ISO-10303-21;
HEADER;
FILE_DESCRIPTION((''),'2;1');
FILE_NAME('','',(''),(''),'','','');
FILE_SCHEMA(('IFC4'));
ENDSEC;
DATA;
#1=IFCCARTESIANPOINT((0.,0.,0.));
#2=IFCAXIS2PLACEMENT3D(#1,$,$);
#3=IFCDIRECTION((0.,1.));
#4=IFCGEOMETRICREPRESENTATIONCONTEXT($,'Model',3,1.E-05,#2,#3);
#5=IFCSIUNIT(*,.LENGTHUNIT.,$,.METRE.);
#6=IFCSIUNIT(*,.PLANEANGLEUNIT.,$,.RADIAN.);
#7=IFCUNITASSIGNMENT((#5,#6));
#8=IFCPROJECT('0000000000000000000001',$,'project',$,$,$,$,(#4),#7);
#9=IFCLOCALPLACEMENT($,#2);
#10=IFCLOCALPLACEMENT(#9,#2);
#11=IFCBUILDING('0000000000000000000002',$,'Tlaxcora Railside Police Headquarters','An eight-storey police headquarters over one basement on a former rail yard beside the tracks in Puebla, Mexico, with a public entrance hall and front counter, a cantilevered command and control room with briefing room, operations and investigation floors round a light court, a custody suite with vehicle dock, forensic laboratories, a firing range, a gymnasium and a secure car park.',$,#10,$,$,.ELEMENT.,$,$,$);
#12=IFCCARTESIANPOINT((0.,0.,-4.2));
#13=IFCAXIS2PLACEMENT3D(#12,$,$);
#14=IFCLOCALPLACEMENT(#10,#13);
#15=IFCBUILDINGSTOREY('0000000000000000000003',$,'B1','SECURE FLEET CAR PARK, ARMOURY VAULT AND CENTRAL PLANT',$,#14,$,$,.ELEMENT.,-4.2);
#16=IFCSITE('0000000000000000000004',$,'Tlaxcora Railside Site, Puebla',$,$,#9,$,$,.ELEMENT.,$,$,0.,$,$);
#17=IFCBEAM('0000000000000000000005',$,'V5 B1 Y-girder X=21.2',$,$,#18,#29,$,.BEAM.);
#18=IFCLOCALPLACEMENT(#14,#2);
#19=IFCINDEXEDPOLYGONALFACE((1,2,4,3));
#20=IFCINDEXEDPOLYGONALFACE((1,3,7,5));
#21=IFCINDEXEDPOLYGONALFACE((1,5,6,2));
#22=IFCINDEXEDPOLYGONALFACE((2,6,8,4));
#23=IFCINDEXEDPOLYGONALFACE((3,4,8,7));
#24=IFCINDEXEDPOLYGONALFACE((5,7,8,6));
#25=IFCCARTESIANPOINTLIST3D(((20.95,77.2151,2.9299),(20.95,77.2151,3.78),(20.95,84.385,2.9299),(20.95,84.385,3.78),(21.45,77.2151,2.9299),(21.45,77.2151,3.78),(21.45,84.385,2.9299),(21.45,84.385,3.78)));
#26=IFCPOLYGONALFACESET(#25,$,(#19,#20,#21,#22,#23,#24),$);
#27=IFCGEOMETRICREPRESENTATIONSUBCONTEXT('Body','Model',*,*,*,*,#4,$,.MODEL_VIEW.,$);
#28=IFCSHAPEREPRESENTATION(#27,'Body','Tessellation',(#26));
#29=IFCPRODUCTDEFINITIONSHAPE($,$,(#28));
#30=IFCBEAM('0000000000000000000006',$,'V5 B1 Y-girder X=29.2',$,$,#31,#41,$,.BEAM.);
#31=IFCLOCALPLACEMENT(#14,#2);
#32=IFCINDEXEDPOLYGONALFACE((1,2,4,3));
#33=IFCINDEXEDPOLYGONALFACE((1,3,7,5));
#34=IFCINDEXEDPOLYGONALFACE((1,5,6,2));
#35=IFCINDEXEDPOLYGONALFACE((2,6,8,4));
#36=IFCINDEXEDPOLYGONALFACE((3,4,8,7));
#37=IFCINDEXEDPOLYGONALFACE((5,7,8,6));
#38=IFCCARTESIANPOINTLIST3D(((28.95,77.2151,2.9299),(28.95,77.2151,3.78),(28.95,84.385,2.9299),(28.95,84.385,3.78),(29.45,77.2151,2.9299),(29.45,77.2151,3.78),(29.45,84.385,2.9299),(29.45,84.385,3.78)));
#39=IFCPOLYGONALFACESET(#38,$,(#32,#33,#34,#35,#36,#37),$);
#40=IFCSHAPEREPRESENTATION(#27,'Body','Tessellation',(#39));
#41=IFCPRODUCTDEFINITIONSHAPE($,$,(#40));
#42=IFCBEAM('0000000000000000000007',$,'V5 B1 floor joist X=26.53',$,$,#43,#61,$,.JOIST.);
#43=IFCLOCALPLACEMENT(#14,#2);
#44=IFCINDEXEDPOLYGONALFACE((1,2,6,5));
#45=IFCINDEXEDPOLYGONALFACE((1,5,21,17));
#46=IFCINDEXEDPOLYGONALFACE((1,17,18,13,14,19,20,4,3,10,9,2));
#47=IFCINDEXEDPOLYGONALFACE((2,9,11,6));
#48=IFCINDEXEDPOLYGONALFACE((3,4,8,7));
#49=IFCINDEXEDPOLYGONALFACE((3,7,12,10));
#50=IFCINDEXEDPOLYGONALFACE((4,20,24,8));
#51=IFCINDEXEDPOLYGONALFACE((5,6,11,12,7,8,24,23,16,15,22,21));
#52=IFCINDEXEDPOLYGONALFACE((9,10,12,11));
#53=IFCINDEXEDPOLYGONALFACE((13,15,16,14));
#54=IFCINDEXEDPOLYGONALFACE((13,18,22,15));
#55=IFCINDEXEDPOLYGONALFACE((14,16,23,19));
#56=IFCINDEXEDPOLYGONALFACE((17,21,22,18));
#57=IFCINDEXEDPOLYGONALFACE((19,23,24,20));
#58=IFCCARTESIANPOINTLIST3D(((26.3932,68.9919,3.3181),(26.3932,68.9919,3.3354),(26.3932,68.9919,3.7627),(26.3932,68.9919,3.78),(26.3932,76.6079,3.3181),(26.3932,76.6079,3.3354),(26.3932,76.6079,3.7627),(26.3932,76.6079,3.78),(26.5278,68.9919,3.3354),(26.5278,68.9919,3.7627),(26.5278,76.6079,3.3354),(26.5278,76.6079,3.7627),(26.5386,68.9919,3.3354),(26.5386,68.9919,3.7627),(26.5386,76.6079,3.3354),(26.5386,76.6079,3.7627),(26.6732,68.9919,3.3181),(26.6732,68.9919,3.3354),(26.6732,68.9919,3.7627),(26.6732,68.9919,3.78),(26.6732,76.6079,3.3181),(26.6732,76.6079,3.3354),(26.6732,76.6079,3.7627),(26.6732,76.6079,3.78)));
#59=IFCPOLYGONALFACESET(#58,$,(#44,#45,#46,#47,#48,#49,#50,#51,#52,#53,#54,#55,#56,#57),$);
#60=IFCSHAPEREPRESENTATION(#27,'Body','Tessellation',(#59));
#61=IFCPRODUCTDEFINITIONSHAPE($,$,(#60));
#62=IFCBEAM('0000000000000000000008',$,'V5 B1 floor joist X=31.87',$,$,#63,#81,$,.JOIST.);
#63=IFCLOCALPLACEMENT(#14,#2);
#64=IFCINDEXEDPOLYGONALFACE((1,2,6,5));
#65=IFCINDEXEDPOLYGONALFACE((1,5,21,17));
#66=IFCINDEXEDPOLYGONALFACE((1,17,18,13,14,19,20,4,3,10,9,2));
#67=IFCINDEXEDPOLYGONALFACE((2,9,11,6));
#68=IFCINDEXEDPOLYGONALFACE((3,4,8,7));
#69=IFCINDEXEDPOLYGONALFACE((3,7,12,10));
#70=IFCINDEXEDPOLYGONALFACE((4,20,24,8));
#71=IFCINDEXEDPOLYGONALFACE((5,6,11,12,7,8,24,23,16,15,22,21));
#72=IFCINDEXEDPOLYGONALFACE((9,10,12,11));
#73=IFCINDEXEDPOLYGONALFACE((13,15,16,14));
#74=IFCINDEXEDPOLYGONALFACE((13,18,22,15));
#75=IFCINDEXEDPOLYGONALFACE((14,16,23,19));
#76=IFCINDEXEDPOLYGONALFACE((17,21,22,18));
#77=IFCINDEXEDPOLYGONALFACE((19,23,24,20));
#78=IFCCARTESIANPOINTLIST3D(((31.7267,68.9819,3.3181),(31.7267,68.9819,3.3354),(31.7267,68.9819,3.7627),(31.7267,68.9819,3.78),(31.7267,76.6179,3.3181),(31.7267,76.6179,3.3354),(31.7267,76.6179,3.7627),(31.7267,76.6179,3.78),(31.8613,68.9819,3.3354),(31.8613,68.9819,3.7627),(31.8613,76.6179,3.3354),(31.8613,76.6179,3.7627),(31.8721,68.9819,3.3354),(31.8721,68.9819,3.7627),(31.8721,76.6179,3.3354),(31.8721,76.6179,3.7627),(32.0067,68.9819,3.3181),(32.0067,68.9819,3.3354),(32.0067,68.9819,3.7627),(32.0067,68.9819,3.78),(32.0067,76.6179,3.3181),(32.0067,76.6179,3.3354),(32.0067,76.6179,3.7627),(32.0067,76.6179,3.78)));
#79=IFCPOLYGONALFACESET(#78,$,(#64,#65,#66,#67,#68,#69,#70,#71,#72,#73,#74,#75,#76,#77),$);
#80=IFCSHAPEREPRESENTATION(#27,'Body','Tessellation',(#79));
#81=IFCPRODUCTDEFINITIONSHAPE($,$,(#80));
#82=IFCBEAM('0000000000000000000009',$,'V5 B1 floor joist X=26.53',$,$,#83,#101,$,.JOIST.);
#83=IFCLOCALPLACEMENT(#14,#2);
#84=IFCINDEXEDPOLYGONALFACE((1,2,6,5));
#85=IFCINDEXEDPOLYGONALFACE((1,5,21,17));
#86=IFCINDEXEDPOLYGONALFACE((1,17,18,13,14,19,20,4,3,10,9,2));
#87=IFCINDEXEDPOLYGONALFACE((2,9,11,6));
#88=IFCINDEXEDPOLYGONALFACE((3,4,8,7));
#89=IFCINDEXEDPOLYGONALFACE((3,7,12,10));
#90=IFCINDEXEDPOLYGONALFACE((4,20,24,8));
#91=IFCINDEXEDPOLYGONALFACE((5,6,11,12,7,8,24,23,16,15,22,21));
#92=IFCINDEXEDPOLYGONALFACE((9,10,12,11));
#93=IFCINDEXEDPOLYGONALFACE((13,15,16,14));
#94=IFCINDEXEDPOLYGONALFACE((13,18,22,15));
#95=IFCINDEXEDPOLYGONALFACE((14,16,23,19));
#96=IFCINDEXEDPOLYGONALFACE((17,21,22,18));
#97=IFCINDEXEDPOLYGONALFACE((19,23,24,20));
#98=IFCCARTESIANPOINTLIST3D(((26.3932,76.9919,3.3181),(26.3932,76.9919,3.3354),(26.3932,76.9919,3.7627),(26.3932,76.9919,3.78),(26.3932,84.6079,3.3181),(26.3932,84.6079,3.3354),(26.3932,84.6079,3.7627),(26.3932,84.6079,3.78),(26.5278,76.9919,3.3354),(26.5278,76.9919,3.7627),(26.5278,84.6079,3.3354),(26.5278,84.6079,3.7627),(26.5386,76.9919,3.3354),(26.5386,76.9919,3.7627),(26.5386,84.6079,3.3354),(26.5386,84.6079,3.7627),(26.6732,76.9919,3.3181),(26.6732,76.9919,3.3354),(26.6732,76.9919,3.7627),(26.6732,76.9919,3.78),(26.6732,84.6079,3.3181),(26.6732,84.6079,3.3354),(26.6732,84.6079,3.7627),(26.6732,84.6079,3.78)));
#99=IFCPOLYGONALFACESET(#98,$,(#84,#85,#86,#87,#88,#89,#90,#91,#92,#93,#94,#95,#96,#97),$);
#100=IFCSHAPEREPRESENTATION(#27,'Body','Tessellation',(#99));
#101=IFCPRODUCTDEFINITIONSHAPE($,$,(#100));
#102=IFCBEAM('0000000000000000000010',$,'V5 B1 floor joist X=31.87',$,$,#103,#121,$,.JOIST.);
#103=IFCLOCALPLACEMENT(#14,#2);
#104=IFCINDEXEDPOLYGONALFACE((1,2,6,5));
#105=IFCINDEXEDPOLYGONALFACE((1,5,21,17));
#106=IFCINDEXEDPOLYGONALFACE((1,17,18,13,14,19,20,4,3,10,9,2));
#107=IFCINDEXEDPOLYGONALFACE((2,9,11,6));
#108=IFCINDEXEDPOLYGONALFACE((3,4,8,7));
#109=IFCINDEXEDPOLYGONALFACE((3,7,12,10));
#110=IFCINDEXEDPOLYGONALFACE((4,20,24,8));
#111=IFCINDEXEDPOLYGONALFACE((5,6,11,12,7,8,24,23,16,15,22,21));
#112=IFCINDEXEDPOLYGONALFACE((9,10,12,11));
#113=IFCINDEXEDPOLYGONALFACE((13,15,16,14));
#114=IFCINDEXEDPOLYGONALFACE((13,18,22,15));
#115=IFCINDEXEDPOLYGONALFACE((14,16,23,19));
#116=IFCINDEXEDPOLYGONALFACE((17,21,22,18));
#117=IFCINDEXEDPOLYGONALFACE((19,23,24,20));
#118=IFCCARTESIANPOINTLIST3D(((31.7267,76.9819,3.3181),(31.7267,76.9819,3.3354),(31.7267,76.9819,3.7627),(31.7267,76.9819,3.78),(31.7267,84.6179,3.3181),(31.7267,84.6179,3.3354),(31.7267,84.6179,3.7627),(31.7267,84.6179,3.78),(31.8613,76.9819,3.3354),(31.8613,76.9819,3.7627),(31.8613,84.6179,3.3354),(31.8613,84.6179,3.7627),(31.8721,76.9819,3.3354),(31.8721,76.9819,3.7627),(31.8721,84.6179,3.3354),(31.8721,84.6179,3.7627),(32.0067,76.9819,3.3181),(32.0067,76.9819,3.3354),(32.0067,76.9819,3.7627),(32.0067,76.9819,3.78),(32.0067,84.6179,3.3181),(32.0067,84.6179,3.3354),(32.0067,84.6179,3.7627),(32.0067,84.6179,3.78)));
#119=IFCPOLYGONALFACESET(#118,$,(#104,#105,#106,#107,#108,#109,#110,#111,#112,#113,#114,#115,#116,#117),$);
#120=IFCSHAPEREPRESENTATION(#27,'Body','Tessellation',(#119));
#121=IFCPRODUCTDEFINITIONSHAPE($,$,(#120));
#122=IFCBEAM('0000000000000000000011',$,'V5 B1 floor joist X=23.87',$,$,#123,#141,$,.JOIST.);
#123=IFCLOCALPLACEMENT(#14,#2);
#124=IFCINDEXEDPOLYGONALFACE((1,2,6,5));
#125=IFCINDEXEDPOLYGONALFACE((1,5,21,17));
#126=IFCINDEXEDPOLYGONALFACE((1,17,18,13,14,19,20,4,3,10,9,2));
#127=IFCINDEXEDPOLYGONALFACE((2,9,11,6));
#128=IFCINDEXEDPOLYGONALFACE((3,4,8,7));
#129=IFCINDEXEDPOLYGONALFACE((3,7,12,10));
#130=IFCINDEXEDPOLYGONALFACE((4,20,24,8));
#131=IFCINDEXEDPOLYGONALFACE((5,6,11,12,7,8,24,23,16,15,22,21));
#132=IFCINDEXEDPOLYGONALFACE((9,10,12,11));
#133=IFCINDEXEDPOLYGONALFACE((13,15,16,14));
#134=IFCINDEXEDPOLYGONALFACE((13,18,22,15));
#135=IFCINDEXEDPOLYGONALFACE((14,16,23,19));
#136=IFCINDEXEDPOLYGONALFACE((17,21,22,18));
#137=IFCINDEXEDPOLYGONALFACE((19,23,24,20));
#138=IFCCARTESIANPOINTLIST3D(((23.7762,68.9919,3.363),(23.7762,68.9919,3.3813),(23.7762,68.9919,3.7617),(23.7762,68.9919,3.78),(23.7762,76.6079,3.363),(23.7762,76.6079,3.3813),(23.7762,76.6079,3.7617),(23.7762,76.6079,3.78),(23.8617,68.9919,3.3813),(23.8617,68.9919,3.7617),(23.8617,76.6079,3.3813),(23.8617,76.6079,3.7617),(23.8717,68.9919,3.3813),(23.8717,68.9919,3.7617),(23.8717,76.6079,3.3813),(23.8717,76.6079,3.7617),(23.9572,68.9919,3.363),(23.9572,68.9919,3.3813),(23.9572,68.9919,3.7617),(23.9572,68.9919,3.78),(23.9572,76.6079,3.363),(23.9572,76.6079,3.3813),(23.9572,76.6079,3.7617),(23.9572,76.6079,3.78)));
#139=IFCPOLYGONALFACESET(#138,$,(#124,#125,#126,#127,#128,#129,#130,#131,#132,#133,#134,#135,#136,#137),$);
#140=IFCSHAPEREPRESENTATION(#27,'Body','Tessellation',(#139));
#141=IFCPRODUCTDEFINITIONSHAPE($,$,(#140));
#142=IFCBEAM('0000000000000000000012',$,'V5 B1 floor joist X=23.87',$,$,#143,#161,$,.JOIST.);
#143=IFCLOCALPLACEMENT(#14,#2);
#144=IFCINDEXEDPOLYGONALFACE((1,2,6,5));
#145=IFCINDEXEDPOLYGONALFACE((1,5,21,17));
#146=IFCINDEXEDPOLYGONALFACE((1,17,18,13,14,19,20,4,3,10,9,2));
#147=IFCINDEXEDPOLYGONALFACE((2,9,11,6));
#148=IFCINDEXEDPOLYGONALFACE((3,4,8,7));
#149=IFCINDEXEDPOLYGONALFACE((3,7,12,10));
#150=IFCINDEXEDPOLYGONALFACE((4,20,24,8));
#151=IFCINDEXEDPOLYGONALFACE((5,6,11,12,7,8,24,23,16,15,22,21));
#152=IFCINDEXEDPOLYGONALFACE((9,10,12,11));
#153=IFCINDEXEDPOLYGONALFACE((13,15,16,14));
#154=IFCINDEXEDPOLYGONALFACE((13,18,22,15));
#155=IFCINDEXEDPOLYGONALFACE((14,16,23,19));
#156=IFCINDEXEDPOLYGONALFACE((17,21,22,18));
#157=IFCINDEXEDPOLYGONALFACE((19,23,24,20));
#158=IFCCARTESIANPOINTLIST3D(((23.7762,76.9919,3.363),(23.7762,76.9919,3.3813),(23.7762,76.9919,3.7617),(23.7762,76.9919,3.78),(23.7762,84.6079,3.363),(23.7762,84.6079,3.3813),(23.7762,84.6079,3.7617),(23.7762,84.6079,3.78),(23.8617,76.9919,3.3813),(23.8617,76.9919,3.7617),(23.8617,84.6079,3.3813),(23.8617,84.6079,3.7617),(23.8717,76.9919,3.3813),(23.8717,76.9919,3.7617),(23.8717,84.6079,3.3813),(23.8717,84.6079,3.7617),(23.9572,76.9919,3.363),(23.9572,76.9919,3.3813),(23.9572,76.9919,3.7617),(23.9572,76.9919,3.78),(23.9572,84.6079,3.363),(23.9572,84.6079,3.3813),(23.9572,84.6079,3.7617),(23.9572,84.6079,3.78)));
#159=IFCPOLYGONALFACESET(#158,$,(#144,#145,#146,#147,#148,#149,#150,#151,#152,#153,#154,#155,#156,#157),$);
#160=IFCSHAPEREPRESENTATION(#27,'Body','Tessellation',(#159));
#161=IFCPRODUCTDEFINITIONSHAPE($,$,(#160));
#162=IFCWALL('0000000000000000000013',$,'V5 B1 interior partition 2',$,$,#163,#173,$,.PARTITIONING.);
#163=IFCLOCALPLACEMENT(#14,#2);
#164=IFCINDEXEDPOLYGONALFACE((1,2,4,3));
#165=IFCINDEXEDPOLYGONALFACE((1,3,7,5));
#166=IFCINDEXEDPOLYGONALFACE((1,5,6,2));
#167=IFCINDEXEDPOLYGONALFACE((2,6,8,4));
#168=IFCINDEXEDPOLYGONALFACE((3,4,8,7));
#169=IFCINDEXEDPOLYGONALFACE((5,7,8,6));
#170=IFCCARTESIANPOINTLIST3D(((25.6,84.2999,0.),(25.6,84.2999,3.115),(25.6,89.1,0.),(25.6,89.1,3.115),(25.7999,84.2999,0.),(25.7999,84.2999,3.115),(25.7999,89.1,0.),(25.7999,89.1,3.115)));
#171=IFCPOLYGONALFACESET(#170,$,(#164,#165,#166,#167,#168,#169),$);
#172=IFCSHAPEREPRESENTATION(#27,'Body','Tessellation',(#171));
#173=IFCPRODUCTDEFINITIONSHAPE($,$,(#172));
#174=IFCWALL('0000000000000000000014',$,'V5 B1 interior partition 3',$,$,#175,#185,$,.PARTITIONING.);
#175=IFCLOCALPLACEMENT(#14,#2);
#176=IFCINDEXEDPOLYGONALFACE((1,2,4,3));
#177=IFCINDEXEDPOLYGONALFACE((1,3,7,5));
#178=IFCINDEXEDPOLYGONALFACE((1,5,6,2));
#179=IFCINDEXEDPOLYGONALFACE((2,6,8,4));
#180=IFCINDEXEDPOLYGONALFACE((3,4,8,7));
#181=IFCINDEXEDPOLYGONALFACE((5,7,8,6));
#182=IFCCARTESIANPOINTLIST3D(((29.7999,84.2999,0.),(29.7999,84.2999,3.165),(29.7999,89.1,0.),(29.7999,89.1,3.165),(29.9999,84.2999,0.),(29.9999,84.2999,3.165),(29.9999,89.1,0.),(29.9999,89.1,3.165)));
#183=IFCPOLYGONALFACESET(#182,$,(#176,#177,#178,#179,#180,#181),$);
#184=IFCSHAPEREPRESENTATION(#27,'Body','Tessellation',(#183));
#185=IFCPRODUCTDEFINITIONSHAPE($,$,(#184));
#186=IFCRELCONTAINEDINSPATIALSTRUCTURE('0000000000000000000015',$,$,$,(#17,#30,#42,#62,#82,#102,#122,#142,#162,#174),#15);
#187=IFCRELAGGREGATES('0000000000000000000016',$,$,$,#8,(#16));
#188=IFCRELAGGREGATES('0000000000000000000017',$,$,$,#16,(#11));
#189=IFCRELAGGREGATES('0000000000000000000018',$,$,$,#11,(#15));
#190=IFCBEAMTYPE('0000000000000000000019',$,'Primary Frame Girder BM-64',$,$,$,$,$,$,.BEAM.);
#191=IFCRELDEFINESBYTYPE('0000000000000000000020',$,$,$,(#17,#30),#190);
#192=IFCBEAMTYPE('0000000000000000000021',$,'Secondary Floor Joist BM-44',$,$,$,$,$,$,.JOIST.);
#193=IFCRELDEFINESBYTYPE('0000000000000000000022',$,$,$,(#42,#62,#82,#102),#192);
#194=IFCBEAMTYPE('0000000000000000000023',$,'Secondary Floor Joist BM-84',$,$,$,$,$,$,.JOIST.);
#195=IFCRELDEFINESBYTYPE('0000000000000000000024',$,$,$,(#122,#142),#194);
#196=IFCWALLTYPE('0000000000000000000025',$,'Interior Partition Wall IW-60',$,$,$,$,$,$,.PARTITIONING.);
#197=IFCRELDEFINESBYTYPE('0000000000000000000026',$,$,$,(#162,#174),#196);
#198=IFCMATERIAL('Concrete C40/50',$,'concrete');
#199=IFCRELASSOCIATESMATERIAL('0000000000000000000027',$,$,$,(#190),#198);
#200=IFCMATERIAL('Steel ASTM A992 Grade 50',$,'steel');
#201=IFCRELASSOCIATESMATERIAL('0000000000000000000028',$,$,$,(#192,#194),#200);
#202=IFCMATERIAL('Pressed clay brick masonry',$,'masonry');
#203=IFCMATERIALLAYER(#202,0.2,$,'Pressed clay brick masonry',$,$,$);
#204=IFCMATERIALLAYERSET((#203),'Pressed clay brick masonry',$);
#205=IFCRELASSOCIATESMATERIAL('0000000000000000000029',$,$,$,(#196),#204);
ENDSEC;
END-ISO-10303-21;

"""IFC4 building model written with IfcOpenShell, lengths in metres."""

from ifc_helpers import new_model, si_unit, direction, frame, frame_2d, origin, origin_2d, place, context, subcontext, project, spatial, rectangle, i_section, extrude, material, layer, layer_set, material_profile, profile_set, type_object, element, save


model = new_model("IFC4")

# Units and contexts
model_context = context("Model", 3, precision=1e-05, world=origin(), true_north=direction((0.0, 1.0)))
body_context = subcontext(model_context, "Body", "Model", "MODEL_VIEW")
ifc_project = project(units=[si_unit("LENGTHUNIT", "METRE"), si_unit("PLANEANGLEUNIT", "RADIAN")], contexts=[model_context])

# Site, building, storey
site_placement = place(None, origin())
site = spatial("IfcSite", under=ifc_project, at=site_placement, Name="Tlaxcora Railside Site, Puebla", CompositionType="ELEMENT", RefElevation=0.0)
building_placement = place(site_placement, origin())
building = spatial("IfcBuilding", under=site, at=building_placement, Name="Tlaxcora Railside Police Headquarters", Description="An eight-storey police headquarters over one basement on a former rail yard beside the tracks in Puebla, Mexico, with a public entrance hall and front counter, a cantilevered command and control room with briefing room, operations and investigation floors round a light court, a custody suite with vehicle dock, forensic laboratories, a firing range, a gymnasium and a secure car park.", CompositionType="ELEMENT")
storey_placement = place(building_placement, frame((0.0, 0.0, -4.2)))
storey = spatial("IfcBuildingStorey", under=building, at=storey_placement, Name="B1", Description="SECURE FLEET CAR PARK, ARMOURY VAULT AND CENTRAL PLANT", CompositionType="ELEMENT", Elevation=-4.2)

# Shared definitions
ifc_material_1 = material(Name="Concrete C40/50", Category="concrete")

# Beams
ifc_material_profile_1 = material_profile(ifc_material_1, rectangle(XDim=0.5, YDim=0.8501, at=origin_2d()), Name="RC500X850")
ifc_profile_set_1 = profile_set([ifc_material_profile_1], Name="Concrete C40/50")
beam_type_1 = type_object("IfcBeamType", Name="Primary Frame Girder BM-64", PredefinedType="BEAM", material=ifc_profile_set_1)
for number, where, z_axis, x_axis, name in (
    (1, (21.2, 77.2151, 3.355), (0.0, 1.0, 0.0), (-1.0, 0.0, 0.0), "V5 B1 Y-girder X=21.2"),
    (2, (29.2, 77.2151, 3.355), (0.0, 1.0, 0.0), (-1.0, 0.0, 0.0), "V5 B1 Y-girder X=29.2"),
):
    element("IfcBeam", number, at=place(storey_placement, frame(where, z_axis=z_axis, x_axis=x_axis)), inside=storey, type_object=beam_type_1, Name=name, PredefinedType="BEAM", context=body_context, shape_type="SweptSolid", body=[
        extrude(rectangle(XDim=0.5, YDim=0.8501, at=origin_2d()), origin(), (0.0, 0.0, 1.0), 7.1699),
    ])
ifc_material_2 = material(Name="Steel ASTM A992 Grade 50", Category="steel")
ifc_material_profile_2 = material_profile(ifc_material_2, i_section(OverallWidth=0.28, OverallDepth=0.4619, WebThickness=0.0107, FlangeThickness=0.0173, at=origin_2d()), Name="W18X76")
ifc_profile_set_2 = profile_set([ifc_material_profile_2], Name="Steel ASTM A992 Grade 50")
beam_type_2 = type_object("IfcBeamType", Name="Secondary Floor Joist BM-44", PredefinedType="JOIST", material=ifc_profile_set_2)
beam_1_placement = place(storey_placement, frame((26.5332, 68.9919, 3.5491), z_axis=(0.0, 1.0, 0.0), x_axis=(-1.0, 0.0, 0.0)))
element("IfcBeam", 3, at=beam_1_placement, inside=storey, type_object=beam_type_2, Name="V5 B1 floor joist X=26.53", PredefinedType="JOIST", context=body_context, shape_type="SweptSolid", body=[
    extrude(i_section(OverallWidth=0.28, OverallDepth=0.4619, WebThickness=0.0107, FlangeThickness=0.0173, at=origin_2d()), origin(), (0.0, 0.0, 1.0), 7.616),
])
beam_2_placement = place(storey_placement, frame((31.8667, 68.9819, 3.5491), z_axis=(0.0, 1.0, 0.0), x_axis=(-1.0, 0.0, 0.0)))
element("IfcBeam", 4, at=beam_2_placement, inside=storey, type_object=beam_type_2, Name="V5 B1 floor joist X=31.87", PredefinedType="JOIST", context=body_context, shape_type="SweptSolid", body=[
    extrude(i_section(OverallWidth=0.28, OverallDepth=0.4619, WebThickness=0.0107, FlangeThickness=0.0173, at=origin_2d()), origin(), (0.0, 0.0, 1.0), 7.636),
])
beam_3_placement = place(storey_placement, frame((26.5332, 76.9919, 3.5491), z_axis=(0.0, 1.0, 0.0), x_axis=(-1.0, 0.0, 0.0)))
element("IfcBeam", 5, at=beam_3_placement, inside=storey, type_object=beam_type_2, Name="V5 B1 floor joist X=26.53", PredefinedType="JOIST", context=body_context, shape_type="SweptSolid", body=[
    extrude(i_section(OverallWidth=0.28, OverallDepth=0.4619, WebThickness=0.0107, FlangeThickness=0.0173, at=origin_2d()), origin(), (0.0, 0.0, 1.0), 7.616),
])
beam_4_placement = place(storey_placement, frame((31.8667, 76.9819, 3.5491), z_axis=(0.0, 1.0, 0.0), x_axis=(-1.0, 0.0, 0.0)))
element("IfcBeam", 6, at=beam_4_placement, inside=storey, type_object=beam_type_2, Name="V5 B1 floor joist X=31.87", PredefinedType="JOIST", context=body_context, shape_type="SweptSolid", body=[
    extrude(i_section(OverallWidth=0.28, OverallDepth=0.4619, WebThickness=0.0107, FlangeThickness=0.0173, at=origin_2d()), origin(), (0.0, 0.0, 1.0), 7.636),
])
ifc_material_profile_3 = material_profile(ifc_material_2, i_section(OverallWidth=0.1809, OverallDepth=0.417, WebThickness=0.01, FlangeThickness=0.0183, at=origin_2d()), Name="W16X57")
ifc_profile_set_3 = profile_set([ifc_material_profile_3], Name="Steel ASTM A992 Grade 50")
beam_type_3 = type_object("IfcBeamType", Name="Secondary Floor Joist BM-84", PredefinedType="JOIST", material=ifc_profile_set_3)
for number, where, z_axis, x_axis, name in (
    (7, (23.8667, 68.9919, 3.5715), (0.0, 1.0, 0.0), (-1.0, 0.0, 0.0), "V5 B1 floor joist X=23.87"),
    (8, (23.8667, 76.9919, 3.5715), (0.0, 1.0, 0.0), (-1.0, 0.0, 0.0), "V5 B1 floor joist X=23.87"),
):
    element("IfcBeam", number, at=place(storey_placement, frame(where, z_axis=z_axis, x_axis=x_axis)), inside=storey, type_object=beam_type_3, Name=name, PredefinedType="JOIST", context=body_context, shape_type="SweptSolid", body=[
        extrude(i_section(OverallWidth=0.1809, OverallDepth=0.417, WebThickness=0.01, FlangeThickness=0.0183, at=origin_2d()), origin(), (0.0, 0.0, 1.0), 7.616),
    ])

# Shared definitions
ifc_material_3 = material(Name="Pressed clay brick masonry", Category="masonry")
ifc_layer_1 = layer(ifc_material_3, 0.2, Name="Pressed clay brick masonry")
ifc_layer_set_1 = layer_set([ifc_layer_1], Name="Pressed clay brick masonry")
wall_type = type_object("IfcWallType", Name="Interior Partition Wall IW-60", PredefinedType="PARTITIONING", material=ifc_layer_set_1)

# Walls
wall_1_placement = place(storey_placement, frame((25.7, 84.3, 0.0), z_axis=(0.0, 0.0, 1.0), x_axis=(0.0, 1.0, 0.0)))
element("IfcWall", 9, at=wall_1_placement, inside=storey, type_object=wall_type, Name="V5 B1 interior partition 2", PredefinedType="PARTITIONING", context=body_context, shape_type="SweptSolid", body=[
    extrude(rectangle(XDim=4.8, YDim=0.2, at=frame_2d((2.3999, 0.0))), origin(), (0.0, 0.0, 1.0), 3.115),
])
wall_2_placement = place(storey_placement, frame((29.8999, 84.3, 0.0), z_axis=(0.0, 0.0, 1.0), x_axis=(0.0, 1.0, 0.0)))
element("IfcWall", 10, at=wall_2_placement, inside=storey, type_object=wall_type, Name="V5 B1 interior partition 3", PredefinedType="PARTITIONING", context=body_context, shape_type="SweptSolid", body=[
    extrude(rectangle(XDim=4.8, YDim=0.2, at=frame_2d((2.3999, 0.0))), origin(), (0.0, 0.0, 1.0), 3.165),
])

save(model, "model.ifc")
